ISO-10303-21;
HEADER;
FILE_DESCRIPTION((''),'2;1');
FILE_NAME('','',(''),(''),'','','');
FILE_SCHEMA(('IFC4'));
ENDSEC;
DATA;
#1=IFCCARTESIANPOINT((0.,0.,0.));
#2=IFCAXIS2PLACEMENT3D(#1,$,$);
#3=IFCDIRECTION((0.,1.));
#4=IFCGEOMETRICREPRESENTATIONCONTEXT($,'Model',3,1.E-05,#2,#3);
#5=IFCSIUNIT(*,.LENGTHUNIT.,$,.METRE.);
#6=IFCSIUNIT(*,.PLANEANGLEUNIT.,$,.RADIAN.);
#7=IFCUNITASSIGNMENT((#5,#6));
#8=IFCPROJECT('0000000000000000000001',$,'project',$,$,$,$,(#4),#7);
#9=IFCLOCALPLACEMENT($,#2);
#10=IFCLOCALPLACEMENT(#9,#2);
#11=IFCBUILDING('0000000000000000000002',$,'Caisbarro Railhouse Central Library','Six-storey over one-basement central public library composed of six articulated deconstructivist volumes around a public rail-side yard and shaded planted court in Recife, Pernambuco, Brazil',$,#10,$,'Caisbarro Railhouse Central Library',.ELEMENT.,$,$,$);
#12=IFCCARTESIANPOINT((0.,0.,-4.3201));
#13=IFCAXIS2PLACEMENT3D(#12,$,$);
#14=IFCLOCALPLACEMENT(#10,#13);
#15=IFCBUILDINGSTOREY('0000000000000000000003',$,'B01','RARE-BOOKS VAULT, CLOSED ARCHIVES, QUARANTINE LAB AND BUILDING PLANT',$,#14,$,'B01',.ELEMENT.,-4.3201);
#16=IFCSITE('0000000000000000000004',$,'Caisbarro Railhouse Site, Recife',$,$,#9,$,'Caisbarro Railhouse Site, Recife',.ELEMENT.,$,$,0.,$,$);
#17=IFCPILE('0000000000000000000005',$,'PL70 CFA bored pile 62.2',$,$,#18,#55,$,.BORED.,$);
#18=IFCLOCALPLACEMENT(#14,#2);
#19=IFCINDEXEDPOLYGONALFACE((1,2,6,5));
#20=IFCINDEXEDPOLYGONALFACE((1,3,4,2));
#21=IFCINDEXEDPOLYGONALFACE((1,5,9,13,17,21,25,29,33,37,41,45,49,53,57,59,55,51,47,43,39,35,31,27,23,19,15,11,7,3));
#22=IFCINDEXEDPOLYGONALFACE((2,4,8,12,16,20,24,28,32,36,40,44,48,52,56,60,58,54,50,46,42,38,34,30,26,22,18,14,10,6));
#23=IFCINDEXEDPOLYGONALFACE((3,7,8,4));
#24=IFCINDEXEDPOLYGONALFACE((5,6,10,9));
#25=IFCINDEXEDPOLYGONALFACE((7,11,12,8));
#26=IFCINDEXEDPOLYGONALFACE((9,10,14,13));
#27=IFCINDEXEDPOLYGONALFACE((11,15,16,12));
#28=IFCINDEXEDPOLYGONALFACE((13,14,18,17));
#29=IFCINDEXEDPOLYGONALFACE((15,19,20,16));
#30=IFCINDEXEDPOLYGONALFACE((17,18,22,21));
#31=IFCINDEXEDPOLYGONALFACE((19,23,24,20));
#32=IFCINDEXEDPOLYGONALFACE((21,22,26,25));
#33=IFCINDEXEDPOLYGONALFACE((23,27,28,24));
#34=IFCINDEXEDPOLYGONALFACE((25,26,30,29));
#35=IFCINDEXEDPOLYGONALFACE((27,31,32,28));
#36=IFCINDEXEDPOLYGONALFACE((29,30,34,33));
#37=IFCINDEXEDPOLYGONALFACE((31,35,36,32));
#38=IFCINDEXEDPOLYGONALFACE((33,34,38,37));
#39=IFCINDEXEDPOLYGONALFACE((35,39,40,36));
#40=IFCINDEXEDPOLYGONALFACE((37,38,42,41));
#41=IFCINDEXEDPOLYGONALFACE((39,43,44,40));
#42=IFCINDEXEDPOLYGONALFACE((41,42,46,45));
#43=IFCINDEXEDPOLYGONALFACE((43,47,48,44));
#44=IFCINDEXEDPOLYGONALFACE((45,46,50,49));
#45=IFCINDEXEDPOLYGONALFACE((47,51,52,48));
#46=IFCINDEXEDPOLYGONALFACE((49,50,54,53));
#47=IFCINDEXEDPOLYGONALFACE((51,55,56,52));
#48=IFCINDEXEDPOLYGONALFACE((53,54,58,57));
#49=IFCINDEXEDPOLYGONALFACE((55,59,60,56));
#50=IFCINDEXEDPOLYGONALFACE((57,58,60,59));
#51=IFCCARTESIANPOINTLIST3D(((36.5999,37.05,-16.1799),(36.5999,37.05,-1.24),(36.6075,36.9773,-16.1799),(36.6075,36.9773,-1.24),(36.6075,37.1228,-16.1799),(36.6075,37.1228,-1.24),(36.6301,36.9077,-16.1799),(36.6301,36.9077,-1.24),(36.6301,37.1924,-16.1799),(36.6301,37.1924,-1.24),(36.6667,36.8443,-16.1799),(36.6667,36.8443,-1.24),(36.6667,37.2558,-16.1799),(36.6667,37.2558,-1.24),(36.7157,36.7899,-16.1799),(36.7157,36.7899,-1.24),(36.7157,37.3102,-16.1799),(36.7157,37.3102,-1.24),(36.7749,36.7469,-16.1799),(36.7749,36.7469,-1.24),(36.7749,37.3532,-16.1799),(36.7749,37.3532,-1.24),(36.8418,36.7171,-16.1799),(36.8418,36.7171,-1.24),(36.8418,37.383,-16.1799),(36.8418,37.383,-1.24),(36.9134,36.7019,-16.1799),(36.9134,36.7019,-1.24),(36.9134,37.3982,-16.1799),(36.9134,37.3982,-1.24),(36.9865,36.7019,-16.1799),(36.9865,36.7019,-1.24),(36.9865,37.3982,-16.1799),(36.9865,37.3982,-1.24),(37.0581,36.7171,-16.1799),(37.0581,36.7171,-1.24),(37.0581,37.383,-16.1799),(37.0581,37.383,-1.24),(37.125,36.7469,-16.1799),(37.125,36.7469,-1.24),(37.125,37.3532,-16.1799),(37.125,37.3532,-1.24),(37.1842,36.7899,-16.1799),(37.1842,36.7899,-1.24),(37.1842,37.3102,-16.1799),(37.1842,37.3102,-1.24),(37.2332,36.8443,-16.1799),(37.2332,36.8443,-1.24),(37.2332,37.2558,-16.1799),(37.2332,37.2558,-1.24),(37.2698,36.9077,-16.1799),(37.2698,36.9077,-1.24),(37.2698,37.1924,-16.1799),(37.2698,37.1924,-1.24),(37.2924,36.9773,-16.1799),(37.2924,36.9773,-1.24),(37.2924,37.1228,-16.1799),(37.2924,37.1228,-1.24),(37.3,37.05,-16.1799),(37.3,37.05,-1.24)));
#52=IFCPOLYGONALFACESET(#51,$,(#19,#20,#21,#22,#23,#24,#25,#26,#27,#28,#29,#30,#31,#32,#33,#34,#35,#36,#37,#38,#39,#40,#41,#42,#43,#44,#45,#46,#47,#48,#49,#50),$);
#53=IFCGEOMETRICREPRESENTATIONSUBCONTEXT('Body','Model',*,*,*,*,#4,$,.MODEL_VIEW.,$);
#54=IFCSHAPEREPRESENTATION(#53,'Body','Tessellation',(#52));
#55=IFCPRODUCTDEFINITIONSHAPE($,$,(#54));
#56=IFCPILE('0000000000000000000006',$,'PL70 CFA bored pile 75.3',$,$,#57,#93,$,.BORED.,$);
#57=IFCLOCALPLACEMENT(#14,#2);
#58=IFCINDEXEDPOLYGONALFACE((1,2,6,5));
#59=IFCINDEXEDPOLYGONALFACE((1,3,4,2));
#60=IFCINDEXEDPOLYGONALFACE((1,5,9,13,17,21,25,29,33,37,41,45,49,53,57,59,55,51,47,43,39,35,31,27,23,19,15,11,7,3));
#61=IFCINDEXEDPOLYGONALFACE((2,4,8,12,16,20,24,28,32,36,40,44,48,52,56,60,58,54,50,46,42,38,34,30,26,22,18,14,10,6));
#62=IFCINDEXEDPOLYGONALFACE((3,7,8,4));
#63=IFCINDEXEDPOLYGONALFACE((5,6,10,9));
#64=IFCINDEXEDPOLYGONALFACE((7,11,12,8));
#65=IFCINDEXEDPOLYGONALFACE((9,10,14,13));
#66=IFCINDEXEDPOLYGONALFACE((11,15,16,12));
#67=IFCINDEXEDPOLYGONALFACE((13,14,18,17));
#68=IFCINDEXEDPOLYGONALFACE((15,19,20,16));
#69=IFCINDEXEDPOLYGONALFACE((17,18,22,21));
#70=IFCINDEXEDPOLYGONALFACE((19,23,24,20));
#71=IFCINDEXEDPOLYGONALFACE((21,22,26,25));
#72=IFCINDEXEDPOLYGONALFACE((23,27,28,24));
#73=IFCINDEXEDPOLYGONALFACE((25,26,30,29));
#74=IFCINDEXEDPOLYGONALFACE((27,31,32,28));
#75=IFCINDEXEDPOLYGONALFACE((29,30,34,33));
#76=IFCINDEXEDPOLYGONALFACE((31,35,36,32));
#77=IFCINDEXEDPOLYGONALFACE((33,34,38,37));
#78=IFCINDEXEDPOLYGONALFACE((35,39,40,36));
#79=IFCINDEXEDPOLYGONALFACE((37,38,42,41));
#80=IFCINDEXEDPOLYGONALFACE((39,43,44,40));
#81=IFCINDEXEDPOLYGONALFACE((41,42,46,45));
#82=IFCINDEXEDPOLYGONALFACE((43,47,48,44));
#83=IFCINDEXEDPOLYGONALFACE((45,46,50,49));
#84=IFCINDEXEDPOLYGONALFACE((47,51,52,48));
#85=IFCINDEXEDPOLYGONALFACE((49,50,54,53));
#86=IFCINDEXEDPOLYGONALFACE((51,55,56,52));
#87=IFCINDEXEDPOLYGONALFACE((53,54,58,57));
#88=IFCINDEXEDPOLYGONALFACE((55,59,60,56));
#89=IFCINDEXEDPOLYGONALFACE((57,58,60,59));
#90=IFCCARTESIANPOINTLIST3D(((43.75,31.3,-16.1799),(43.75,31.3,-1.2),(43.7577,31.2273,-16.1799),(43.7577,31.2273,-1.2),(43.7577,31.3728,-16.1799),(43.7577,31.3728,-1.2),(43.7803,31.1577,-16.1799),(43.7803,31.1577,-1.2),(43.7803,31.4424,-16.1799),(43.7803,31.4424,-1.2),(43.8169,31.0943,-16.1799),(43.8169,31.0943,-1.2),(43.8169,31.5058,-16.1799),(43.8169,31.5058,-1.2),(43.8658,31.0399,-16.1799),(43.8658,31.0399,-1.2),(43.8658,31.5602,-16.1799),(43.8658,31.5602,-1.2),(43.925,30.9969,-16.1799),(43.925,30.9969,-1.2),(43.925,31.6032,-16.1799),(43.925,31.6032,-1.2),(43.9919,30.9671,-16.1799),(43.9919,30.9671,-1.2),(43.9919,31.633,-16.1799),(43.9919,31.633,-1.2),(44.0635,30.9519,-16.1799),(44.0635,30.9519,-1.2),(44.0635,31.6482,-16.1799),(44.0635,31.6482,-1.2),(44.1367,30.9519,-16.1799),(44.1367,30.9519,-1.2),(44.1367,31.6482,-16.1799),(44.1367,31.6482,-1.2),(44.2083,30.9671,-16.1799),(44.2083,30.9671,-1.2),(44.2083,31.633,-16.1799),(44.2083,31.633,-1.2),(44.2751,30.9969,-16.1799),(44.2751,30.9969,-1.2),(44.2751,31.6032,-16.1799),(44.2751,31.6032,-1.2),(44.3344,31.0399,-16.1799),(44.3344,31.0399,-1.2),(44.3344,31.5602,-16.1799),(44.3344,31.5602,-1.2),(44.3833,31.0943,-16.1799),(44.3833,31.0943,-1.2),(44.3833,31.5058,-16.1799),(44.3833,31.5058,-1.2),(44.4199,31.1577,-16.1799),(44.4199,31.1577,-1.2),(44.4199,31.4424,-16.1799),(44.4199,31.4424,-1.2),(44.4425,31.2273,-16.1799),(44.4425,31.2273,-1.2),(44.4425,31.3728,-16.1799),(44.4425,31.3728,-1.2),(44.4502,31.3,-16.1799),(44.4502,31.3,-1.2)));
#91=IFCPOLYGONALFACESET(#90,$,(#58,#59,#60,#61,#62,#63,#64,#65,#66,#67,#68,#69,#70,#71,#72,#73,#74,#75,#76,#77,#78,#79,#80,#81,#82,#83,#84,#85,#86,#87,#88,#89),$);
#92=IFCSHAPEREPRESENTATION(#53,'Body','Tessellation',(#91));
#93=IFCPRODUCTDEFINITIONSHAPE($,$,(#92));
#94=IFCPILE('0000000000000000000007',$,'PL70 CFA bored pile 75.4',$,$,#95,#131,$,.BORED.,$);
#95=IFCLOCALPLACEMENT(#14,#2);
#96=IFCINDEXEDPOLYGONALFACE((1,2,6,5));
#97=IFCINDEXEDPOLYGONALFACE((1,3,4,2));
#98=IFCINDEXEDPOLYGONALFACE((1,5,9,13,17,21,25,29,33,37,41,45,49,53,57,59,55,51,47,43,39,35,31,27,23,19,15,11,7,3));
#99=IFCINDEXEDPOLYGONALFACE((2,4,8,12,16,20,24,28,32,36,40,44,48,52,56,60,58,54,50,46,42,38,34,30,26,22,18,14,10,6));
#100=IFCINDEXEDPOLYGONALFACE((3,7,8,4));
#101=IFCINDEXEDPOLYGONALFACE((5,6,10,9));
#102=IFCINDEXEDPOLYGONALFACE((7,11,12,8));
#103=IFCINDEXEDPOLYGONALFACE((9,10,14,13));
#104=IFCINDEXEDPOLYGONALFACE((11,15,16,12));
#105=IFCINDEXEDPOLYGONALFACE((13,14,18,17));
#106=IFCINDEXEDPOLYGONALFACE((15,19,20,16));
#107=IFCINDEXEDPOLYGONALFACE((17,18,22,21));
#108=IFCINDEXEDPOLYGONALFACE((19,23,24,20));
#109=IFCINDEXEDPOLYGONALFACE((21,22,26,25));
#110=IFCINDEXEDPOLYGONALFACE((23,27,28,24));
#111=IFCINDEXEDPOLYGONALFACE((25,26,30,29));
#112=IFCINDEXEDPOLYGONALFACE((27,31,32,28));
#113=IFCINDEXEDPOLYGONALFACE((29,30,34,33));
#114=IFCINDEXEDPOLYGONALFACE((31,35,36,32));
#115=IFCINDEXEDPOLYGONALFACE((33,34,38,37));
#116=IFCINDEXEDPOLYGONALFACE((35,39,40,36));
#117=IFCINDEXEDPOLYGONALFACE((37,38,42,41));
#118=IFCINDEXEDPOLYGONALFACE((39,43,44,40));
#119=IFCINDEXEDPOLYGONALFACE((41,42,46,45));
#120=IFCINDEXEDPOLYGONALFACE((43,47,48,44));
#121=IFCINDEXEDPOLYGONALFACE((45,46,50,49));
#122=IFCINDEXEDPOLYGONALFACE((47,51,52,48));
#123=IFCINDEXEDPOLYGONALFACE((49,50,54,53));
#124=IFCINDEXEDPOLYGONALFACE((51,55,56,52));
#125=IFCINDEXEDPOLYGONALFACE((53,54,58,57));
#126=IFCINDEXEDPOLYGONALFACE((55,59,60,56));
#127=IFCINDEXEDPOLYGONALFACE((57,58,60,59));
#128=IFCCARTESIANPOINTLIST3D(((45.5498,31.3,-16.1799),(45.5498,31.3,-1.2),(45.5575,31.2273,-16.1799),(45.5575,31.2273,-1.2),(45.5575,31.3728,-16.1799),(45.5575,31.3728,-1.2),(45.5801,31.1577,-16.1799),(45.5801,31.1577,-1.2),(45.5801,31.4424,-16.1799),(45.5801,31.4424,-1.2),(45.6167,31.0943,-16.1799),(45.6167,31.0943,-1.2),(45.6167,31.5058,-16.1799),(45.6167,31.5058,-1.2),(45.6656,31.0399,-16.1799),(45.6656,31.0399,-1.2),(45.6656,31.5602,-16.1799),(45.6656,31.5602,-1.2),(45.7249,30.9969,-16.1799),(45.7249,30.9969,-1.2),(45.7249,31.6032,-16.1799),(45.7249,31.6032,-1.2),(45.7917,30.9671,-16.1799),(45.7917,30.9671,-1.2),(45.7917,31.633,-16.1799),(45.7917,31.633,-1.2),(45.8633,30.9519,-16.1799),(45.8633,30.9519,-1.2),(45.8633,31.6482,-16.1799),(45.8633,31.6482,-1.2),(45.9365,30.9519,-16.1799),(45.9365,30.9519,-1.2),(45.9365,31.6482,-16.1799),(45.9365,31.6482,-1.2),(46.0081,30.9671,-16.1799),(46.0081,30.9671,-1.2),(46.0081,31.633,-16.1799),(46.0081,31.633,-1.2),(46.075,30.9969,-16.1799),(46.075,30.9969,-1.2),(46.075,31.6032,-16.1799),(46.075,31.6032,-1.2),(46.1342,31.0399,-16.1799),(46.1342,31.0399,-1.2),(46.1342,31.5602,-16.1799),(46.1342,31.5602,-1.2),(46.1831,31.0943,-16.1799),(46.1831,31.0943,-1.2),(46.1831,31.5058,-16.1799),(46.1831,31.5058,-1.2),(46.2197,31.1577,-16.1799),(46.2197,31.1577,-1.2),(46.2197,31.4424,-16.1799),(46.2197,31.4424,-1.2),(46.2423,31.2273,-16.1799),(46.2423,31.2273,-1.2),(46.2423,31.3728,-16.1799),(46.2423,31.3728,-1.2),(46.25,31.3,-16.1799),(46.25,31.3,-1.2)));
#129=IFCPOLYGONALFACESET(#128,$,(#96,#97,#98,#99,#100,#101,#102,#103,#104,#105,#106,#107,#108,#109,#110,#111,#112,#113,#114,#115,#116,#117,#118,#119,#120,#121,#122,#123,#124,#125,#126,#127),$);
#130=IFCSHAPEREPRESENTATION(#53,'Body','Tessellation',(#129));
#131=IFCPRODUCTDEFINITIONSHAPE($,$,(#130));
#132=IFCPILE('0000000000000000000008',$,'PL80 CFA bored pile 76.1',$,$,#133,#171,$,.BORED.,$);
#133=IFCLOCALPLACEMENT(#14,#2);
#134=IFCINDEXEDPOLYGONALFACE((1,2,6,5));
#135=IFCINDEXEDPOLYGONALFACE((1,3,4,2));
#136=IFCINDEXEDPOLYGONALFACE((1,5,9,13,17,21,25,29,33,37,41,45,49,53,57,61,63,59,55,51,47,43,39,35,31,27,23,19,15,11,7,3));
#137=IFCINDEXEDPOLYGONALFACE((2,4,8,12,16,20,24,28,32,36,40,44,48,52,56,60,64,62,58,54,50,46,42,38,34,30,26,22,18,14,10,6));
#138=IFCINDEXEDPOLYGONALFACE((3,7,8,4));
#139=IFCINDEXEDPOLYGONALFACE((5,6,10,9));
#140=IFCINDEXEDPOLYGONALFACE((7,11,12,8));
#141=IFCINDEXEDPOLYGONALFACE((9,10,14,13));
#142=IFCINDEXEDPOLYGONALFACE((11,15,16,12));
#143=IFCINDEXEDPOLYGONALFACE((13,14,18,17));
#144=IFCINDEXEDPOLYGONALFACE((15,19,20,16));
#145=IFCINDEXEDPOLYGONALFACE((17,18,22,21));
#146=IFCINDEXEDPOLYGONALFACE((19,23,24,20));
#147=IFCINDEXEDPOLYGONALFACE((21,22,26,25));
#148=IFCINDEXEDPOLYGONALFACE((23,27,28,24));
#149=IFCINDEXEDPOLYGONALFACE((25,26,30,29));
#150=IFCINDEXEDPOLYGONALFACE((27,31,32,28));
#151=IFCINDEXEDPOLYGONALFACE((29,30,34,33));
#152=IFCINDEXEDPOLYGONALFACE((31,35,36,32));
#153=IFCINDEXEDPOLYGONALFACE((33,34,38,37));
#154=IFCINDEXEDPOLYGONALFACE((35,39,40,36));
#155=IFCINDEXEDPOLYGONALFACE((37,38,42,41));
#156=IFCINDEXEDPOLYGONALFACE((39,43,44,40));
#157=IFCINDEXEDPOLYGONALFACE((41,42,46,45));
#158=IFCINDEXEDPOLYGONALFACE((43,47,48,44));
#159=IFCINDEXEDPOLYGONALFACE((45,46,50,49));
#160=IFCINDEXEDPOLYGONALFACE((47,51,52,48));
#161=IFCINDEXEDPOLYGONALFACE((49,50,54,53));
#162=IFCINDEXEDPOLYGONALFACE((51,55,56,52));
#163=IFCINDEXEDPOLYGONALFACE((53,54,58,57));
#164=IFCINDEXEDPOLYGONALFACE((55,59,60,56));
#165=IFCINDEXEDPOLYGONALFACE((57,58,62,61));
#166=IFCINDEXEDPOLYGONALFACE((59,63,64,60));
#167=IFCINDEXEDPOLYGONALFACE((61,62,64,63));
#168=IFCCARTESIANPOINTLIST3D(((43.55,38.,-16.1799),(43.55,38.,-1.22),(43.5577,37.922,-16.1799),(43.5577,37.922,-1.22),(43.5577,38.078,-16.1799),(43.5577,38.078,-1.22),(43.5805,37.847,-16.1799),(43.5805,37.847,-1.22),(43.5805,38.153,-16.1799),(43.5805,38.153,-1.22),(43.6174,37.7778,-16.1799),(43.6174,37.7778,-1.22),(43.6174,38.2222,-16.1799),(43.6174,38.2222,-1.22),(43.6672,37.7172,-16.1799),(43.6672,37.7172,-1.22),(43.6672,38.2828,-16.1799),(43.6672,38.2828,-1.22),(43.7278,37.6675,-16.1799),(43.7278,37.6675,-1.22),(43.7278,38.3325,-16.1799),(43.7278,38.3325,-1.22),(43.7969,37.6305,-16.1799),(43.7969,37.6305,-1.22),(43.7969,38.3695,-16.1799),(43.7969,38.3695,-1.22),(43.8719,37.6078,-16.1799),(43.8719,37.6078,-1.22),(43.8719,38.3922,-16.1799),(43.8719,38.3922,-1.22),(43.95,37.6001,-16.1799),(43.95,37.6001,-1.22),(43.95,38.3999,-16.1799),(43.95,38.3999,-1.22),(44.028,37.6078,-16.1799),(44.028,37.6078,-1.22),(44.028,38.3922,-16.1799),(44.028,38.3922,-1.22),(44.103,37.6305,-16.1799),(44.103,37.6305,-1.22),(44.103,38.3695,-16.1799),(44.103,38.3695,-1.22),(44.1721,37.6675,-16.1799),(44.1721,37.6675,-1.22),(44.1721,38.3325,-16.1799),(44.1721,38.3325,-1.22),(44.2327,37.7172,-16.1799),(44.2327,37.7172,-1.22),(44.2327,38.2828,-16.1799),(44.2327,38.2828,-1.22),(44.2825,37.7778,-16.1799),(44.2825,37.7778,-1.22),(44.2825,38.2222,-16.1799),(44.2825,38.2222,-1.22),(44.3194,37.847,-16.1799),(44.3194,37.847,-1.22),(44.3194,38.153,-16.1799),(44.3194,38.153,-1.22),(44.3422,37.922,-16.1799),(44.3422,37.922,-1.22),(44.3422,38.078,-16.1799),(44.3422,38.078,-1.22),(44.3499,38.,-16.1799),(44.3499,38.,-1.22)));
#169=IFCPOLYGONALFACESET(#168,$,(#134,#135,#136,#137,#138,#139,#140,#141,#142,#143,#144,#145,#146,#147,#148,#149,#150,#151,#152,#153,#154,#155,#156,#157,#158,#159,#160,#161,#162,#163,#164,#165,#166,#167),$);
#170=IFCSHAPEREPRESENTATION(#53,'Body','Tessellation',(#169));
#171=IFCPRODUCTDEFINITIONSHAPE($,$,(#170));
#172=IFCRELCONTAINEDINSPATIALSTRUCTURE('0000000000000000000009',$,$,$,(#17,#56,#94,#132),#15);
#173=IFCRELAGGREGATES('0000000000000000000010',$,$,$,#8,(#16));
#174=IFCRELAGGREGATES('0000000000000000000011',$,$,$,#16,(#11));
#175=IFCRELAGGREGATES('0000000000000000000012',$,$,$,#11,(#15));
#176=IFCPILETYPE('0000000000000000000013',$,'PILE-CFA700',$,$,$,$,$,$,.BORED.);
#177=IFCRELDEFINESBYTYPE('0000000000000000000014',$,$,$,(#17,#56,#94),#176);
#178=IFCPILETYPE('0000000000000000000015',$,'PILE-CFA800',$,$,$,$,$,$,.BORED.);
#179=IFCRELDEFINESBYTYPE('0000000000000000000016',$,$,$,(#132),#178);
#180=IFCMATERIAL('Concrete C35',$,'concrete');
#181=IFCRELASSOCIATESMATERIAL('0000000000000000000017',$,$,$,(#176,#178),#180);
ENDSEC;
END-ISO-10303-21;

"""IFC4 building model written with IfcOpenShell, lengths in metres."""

from ifc_helpers import new_model, si_unit, direction, frame, origin, origin_2d, place, context, subcontext, project, spatial, circle, extrude, material, material_profile, profile_set, type_object, element, save


model = new_model("IFC4")

# Units and contexts
model_context = context("Model", 3, precision=1e-05, world=origin(), true_north=direction((0.0, 1.0)))
body_context = subcontext(model_context, "Body", "Model", "MODEL_VIEW")
ifc_project = project(units=[si_unit("LENGTHUNIT", "METRE"), si_unit("PLANEANGLEUNIT", "RADIAN")], contexts=[model_context])

# Site, building, storey
site_placement = place(None, origin())
site = spatial("IfcSite", under=ifc_project, at=site_placement, Name="Caisbarro Railhouse Site, Recife", LongName="Caisbarro Railhouse Site, Recife", CompositionType="ELEMENT", RefElevation=0.0)
building_placement = place(site_placement, origin())
building = spatial("IfcBuilding", under=site, at=building_placement, Name="Caisbarro Railhouse Central Library", Description="Six-storey over one-basement central public library composed of six articulated deconstructivist volumes around a public rail-side yard and shaded planted court in Recife, Pernambuco, Brazil", LongName="Caisbarro Railhouse Central Library", CompositionType="ELEMENT")
storey_placement = place(building_placement, frame((0.0, 0.0, -4.3201)))
storey = spatial("IfcBuildingStorey", under=building, at=storey_placement, Name="B01", Description="RARE-BOOKS VAULT, CLOSED ARCHIVES, QUARANTINE LAB AND BUILDING PLANT", LongName="B01", CompositionType="ELEMENT", Elevation=-4.3201)

# Shared definitions
ifc_material_1 = material(Name="Concrete C35", Category="concrete")

# Piles
ifc_material_profile_1 = material_profile(ifc_material_1, circle(Radius=0.3501, at=origin_2d()), Name="PILE-CFA-700")
ifc_profile_set_1 = profile_set([ifc_material_profile_1], Name="Concrete C35")
pile_type_1 = type_object("IfcPileType", Name="PILE-CFA700", PredefinedType="BORED", material=ifc_profile_set_1)
pile_placement = place(storey_placement, frame((36.95, 37.05, -1.24), z_axis=(0.0, 0.0, -1.0), x_axis=(1.0, 0.0, 0.0)))
element("IfcPile", 1, at=pile_placement, inside=storey, type_object=pile_type_1, Name="PL70 CFA bored pile 62.2", PredefinedType="BORED", context=body_context, shape_type="SweptSolid", body=[
    extrude(circle(Radius=0.3501, at=origin_2d()), origin(), (0.0, 0.0, 1.0), 14.9399),
])
for number, where, z_axis, x_axis, name in (
    (2, (44.1001, 31.3, -1.2), (0.0, 0.0, -1.0), (1.0, 0.0, 0.0), "PL70 CFA bored pile 75.3"),
    (3, (45.8999, 31.3, -1.2), (0.0, 0.0, -1.0), (1.0, 0.0, 0.0), "PL70 CFA bored pile 75.4"),
):
    element("IfcPile", number, at=place(storey_placement, frame(where, z_axis=z_axis, x_axis=x_axis)), inside=storey, type_object=pile_type_1, Name=name, PredefinedType="BORED", context=body_context, shape_type="SweptSolid", body=[
        extrude(circle(Radius=0.3501, at=origin_2d()), origin(), (0.0, 0.0, 1.0), 14.98),
    ])
ifc_material_profile_2 = material_profile(ifc_material_1, circle(Radius=0.3999, at=origin_2d()), Name="PILE-CFA-800")
ifc_profile_set_2 = profile_set([ifc_material_profile_2], Name="Concrete C35")
pile_type_2 = type_object("IfcPileType", Name="PILE-CFA800", PredefinedType="BORED", material=ifc_profile_set_2)
for number, where, z_axis, x_axis, name in (
    (4, (43.95, 38.0, -1.22), (0.0, 0.0, -1.0), (1.0, 0.0, 0.0), "PL80 CFA bored pile 76.1"),
):
    element("IfcPile", number, at=place(storey_placement, frame(where, z_axis=z_axis, x_axis=x_axis)), inside=storey, type_object=pile_type_2, Name=name, PredefinedType="BORED", context=body_context, shape_type="SweptSolid", body=[
        extrude(circle(Radius=0.3999, at=origin_2d()), origin(), (0.0, 0.0, 1.0), 14.96),
    ])

save(model, "model.ifc")
